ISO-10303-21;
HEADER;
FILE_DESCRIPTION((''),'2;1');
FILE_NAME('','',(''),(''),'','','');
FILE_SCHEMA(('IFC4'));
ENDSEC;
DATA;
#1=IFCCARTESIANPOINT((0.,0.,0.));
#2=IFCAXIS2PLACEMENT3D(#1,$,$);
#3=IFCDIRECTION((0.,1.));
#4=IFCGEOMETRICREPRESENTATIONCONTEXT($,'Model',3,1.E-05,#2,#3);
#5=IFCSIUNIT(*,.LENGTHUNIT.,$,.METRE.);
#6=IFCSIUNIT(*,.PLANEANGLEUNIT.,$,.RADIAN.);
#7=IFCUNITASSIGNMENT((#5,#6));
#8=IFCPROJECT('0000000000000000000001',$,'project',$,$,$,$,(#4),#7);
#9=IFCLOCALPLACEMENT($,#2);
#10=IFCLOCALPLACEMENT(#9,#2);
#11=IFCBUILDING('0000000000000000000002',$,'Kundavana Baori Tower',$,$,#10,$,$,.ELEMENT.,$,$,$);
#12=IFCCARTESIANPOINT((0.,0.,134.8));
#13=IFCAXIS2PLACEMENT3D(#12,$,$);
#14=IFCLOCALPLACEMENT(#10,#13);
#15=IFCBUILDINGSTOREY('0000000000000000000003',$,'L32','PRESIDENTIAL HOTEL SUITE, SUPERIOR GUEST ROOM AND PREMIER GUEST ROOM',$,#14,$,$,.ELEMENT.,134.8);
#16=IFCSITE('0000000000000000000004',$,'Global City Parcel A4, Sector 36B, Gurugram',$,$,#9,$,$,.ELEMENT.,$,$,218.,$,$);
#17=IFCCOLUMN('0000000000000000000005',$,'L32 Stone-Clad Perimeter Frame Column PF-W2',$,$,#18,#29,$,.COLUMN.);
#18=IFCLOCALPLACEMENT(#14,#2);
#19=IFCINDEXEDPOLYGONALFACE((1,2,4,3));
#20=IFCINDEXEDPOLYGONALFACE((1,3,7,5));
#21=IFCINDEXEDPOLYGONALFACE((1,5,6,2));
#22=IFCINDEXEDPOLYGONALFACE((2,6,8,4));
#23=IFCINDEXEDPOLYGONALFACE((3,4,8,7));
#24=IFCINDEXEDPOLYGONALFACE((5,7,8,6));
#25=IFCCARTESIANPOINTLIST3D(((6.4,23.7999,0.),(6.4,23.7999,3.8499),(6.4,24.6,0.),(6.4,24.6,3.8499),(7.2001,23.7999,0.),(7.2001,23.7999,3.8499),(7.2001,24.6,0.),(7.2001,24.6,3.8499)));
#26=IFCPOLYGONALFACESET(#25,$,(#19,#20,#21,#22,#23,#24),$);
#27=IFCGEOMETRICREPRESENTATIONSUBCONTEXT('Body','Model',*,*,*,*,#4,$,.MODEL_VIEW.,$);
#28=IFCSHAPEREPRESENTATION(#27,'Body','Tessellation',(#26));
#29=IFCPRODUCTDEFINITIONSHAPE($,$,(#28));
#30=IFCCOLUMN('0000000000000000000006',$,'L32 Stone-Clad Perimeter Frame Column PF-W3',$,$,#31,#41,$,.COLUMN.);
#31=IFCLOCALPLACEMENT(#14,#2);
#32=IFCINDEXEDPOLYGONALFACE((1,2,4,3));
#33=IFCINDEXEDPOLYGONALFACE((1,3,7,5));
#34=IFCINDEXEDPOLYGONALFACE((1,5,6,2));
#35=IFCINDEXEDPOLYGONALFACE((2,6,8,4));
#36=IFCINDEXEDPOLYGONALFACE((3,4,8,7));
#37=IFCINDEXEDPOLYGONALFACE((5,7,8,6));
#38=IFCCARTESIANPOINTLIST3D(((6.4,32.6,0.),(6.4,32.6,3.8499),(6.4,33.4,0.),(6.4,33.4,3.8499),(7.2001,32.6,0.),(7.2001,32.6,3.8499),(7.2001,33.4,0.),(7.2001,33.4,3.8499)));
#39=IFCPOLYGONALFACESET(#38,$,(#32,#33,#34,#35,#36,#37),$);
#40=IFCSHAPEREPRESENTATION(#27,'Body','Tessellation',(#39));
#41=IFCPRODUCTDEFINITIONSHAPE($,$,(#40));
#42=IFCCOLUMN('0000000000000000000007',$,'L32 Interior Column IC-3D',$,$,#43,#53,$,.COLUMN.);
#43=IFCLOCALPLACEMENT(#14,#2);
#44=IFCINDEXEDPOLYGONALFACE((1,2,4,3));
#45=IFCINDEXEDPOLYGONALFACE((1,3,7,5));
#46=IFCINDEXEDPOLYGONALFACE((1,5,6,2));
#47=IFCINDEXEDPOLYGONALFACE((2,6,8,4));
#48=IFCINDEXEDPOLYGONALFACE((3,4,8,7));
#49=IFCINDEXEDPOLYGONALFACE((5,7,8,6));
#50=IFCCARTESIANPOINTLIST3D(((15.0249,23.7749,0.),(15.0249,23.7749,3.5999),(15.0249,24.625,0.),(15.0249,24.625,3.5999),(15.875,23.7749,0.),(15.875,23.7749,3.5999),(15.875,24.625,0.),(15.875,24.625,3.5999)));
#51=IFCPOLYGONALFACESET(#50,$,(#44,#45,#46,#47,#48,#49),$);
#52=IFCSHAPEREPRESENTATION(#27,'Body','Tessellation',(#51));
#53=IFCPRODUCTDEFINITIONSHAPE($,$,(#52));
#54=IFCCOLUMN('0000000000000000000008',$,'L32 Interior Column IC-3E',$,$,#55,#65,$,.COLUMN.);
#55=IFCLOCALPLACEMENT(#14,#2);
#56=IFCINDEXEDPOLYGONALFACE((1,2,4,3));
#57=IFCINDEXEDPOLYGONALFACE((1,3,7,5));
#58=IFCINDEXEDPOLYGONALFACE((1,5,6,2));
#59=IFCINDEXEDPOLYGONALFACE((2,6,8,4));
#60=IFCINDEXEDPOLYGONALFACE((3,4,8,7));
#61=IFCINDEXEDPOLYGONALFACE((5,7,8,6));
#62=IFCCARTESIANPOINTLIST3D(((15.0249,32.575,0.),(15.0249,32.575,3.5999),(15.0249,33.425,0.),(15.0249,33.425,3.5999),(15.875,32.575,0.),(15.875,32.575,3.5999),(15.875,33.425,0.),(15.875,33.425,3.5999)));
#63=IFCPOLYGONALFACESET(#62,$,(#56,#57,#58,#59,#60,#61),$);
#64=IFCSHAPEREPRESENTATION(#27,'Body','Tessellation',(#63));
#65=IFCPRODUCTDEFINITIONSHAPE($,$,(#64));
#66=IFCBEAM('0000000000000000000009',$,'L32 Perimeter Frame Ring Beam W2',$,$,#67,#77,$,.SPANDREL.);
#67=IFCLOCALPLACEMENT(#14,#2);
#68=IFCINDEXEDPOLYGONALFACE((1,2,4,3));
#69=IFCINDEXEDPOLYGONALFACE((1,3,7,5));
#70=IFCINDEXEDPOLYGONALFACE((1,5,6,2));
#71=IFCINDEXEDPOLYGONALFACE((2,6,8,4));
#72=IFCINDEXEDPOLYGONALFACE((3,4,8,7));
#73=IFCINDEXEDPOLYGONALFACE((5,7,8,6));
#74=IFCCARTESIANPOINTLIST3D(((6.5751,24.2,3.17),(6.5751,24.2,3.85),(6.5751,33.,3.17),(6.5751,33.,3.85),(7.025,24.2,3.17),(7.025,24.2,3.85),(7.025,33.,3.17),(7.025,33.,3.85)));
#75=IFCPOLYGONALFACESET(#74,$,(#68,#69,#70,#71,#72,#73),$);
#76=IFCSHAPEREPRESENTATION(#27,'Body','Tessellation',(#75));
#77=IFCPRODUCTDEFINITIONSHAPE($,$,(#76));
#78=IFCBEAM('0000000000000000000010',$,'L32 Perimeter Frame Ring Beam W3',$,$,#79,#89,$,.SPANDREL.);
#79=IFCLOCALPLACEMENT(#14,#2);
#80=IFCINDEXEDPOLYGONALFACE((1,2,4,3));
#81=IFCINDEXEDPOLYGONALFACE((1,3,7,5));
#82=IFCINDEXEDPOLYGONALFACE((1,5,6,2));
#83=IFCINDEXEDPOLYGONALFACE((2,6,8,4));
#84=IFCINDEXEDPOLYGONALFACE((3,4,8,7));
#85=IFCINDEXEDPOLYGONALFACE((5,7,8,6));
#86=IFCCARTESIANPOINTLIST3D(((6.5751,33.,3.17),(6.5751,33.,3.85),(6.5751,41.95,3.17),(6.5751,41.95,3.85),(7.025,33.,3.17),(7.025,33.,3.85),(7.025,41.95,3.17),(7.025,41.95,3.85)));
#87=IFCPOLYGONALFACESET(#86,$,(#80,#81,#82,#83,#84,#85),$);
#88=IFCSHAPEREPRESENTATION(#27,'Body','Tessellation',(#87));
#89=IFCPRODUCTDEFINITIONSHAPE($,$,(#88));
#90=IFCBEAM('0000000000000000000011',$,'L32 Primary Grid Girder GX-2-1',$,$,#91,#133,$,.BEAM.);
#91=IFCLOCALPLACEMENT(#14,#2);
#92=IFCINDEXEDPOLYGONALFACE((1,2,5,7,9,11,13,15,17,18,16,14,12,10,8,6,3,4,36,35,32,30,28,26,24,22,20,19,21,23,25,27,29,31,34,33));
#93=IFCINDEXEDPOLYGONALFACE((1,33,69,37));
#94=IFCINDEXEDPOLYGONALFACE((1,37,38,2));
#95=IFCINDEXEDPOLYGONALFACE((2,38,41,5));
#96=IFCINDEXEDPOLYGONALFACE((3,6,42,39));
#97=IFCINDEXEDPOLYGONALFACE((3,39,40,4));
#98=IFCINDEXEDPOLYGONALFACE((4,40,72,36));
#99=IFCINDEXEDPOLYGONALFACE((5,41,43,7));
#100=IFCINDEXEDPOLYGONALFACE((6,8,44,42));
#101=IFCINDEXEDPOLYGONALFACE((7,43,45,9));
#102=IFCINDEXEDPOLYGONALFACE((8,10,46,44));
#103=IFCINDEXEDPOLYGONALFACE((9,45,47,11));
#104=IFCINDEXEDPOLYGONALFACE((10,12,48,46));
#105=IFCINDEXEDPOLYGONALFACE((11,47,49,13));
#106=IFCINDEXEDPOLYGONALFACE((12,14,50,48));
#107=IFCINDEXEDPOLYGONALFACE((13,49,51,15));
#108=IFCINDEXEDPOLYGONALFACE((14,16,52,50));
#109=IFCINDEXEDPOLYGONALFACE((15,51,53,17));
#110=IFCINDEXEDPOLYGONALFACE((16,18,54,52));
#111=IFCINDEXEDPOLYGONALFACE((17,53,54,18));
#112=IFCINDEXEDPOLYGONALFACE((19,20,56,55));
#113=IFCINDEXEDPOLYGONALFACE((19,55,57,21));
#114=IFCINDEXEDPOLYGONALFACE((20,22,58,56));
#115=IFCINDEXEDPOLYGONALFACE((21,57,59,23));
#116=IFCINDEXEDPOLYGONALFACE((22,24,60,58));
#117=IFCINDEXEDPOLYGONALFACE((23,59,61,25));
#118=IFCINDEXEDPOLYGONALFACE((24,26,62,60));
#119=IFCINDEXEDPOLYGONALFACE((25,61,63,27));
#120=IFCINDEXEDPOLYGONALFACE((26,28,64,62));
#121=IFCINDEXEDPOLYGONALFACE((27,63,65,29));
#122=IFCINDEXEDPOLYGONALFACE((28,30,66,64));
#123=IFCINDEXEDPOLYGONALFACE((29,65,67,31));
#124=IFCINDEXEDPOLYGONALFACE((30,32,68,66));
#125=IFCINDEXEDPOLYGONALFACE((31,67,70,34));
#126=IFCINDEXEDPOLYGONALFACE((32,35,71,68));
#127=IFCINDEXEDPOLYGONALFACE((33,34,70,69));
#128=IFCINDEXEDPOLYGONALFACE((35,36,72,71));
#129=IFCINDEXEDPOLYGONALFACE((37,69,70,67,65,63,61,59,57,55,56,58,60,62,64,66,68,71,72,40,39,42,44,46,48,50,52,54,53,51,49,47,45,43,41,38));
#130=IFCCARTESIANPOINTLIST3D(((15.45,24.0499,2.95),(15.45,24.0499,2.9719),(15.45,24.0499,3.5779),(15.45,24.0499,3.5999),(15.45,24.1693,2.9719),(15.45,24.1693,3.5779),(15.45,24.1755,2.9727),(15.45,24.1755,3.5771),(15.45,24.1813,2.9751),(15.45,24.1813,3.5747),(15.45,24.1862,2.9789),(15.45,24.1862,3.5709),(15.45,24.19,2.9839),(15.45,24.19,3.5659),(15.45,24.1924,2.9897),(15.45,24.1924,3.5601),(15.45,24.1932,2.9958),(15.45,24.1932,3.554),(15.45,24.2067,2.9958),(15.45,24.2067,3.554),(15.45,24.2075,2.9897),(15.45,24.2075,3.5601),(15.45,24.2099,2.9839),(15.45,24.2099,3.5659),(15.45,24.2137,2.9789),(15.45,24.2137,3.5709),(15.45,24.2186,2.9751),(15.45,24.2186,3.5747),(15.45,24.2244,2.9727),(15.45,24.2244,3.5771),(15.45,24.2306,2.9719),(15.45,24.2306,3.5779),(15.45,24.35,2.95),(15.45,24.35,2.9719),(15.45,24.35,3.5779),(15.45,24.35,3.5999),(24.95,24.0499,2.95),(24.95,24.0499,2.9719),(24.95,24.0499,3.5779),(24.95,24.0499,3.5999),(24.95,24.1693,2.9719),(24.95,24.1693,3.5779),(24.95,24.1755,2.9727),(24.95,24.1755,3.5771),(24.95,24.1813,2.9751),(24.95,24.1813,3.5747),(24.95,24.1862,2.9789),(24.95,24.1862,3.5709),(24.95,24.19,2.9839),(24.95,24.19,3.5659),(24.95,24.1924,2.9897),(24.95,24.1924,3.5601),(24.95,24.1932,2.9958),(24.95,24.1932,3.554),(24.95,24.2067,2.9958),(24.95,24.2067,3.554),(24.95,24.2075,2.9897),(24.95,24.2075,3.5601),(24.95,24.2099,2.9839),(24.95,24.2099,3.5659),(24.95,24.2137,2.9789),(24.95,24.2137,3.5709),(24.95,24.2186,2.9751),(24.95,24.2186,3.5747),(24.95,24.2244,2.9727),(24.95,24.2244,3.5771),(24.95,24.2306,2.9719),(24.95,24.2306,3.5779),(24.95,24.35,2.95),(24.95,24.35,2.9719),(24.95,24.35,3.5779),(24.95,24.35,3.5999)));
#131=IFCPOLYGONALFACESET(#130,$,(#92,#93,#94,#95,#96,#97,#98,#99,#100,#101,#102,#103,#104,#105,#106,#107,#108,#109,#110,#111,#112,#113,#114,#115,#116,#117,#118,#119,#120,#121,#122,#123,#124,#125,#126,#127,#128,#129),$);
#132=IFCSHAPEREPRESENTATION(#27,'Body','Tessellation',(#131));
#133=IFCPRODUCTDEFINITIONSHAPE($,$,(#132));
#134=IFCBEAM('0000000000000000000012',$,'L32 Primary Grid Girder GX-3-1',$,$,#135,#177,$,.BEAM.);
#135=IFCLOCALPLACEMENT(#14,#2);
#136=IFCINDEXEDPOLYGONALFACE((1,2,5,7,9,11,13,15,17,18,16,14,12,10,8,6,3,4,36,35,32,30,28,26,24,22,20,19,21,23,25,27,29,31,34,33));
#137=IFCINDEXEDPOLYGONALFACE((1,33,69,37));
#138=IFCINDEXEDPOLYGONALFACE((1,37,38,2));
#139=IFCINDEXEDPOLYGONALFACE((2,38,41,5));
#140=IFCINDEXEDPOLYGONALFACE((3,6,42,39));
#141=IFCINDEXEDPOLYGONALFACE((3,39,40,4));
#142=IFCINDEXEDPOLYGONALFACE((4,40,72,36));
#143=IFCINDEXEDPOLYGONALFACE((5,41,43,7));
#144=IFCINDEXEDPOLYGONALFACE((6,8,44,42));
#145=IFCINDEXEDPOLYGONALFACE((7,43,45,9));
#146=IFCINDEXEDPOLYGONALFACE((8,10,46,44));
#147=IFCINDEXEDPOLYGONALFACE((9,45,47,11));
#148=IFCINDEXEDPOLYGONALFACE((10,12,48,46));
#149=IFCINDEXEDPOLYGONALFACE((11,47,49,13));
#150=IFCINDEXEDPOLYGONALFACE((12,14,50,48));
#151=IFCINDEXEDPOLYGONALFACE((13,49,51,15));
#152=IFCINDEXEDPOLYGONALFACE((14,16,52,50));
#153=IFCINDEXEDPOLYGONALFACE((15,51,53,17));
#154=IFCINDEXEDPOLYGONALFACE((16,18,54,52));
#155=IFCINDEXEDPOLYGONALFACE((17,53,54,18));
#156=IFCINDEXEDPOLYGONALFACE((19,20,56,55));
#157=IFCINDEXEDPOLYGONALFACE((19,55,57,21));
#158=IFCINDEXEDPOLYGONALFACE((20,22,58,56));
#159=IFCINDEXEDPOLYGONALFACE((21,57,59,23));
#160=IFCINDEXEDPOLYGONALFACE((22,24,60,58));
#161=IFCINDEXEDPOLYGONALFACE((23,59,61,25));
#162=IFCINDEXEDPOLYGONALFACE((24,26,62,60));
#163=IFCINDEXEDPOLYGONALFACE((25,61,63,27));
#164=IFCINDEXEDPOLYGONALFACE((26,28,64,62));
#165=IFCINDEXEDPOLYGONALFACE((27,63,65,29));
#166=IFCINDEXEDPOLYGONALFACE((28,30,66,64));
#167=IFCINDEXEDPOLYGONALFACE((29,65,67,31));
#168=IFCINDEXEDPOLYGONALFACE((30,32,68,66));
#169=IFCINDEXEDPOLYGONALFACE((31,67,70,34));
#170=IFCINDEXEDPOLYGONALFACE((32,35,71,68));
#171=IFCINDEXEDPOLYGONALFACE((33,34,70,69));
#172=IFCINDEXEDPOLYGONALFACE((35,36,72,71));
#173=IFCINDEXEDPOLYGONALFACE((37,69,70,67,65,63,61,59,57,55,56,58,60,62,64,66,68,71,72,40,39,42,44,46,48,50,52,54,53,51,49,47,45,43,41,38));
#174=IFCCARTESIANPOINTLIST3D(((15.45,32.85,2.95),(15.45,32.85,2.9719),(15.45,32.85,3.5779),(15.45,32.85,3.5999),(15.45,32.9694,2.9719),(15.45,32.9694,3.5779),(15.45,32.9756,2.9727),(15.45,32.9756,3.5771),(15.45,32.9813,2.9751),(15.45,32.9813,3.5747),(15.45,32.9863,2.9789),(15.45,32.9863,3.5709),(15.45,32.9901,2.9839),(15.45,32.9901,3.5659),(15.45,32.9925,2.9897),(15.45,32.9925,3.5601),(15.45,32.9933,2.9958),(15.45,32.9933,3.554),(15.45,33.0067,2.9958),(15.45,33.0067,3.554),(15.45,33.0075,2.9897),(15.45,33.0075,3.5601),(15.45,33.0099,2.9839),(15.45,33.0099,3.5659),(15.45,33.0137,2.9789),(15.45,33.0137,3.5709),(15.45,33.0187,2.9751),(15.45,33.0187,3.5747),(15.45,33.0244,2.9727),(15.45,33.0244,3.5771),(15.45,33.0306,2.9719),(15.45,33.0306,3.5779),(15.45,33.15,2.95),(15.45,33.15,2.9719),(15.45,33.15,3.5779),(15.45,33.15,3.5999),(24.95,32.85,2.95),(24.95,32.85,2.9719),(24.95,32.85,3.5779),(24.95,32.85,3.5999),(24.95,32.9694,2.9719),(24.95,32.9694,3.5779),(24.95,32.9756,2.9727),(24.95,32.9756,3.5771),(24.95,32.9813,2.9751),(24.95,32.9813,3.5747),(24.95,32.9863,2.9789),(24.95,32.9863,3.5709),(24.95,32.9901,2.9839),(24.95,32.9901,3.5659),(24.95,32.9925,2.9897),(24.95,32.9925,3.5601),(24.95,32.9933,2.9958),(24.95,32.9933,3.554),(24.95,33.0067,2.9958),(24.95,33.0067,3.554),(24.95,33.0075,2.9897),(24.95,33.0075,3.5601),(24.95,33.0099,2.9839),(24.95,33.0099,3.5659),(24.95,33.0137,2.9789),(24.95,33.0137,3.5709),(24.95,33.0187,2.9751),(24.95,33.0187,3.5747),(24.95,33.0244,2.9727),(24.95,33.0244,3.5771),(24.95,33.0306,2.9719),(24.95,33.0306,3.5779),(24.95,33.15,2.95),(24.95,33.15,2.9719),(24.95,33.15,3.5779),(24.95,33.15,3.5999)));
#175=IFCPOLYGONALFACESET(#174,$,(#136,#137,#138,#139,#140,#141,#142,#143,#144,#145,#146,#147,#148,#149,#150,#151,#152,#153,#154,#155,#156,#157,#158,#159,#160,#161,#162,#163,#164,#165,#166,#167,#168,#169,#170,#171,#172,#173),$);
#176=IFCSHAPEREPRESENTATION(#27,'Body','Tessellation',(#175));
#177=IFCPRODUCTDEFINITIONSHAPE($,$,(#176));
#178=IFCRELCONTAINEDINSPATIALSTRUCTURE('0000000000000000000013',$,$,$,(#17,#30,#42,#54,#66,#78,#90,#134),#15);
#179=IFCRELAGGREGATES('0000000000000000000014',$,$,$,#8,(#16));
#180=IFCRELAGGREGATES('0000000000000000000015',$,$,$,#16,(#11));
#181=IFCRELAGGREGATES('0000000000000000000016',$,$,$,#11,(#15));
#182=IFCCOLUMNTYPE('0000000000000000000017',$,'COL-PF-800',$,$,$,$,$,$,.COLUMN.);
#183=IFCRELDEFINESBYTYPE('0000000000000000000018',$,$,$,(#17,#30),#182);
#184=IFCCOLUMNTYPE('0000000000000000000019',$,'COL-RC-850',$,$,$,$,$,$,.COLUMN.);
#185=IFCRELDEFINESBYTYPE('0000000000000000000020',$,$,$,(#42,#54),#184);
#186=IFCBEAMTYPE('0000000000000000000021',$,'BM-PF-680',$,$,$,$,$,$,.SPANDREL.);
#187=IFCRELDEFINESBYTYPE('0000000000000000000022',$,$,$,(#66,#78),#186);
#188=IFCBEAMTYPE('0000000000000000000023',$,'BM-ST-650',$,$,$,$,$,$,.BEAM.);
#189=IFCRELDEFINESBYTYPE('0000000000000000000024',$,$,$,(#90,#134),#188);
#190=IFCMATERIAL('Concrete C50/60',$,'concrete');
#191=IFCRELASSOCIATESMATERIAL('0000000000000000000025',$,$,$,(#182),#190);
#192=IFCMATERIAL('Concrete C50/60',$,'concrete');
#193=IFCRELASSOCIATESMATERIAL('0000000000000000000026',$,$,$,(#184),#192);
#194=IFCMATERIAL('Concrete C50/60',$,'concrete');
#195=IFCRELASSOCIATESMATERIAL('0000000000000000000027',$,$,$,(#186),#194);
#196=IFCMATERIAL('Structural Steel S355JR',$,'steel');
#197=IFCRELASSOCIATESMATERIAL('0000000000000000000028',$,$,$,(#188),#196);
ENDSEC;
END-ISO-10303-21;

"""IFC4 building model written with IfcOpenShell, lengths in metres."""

from ifc_helpers import new_model, si_unit, direction, frame, origin, origin_2d, place, context, subcontext, project, spatial, rectangle, i_section, extrude, material, material_profile, profile_set, type_object, element, save


model = new_model("IFC4")

# Units and contexts
model_context = context("Model", 3, precision=1e-05, world=origin(), true_north=direction((0.0, 1.0)))
body_context = subcontext(model_context, "Body", "Model", "MODEL_VIEW")
ifc_project = project(units=[si_unit("LENGTHUNIT", "METRE"), si_unit("PLANEANGLEUNIT", "RADIAN")], contexts=[model_context])

# Site, building, storey
site_placement = place(None, origin())
site = spatial("IfcSite", under=ifc_project, at=site_placement, Name="Global City Parcel A4, Sector 36B, Gurugram", CompositionType="ELEMENT", RefElevation=218.0)
building_placement = place(site_placement, origin())
building = spatial("IfcBuilding", under=site, at=building_placement, Name="Kundavana Baori Tower", CompositionType="ELEMENT")
storey_placement = place(building_placement, frame((0.0, 0.0, 134.8)))
storey = spatial("IfcBuildingStorey", under=building, at=storey_placement, Name="L32", Description="PRESIDENTIAL HOTEL SUITE, SUPERIOR GUEST ROOM AND PREMIER GUEST ROOM", CompositionType="ELEMENT", Elevation=134.8)

# Columns
ifc_material_1 = material(Name="Concrete C50/60", Category="concrete")
ifc_material_profile_1 = material_profile(ifc_material_1, rectangle(XDim=0.8, YDim=0.8, at=origin_2d()), Name="RC PF 800x800")
ifc_profile_set_1 = profile_set([ifc_material_profile_1], Name="Concrete C50/60")
column_type_1 = type_object("IfcColumnType", Name="COL-PF-800", PredefinedType="COLUMN", material=ifc_profile_set_1)
for number, where, z_axis, x_axis, name in (
    (1, (6.8, 24.2, 0.0), (0.0, 0.0, 1.0), (1.0, 0.0, 0.0), "L32 Stone-Clad Perimeter Frame Column PF-W2"),
    (2, (6.8, 33.0, 0.0), (0.0, 0.0, 1.0), (1.0, 0.0, 0.0), "L32 Stone-Clad Perimeter Frame Column PF-W3"),
):
    element("IfcColumn", number, at=place(storey_placement, frame(where, z_axis=z_axis, x_axis=x_axis)), inside=storey, type_object=column_type_1, Name=name, PredefinedType="COLUMN", context=body_context, shape_type="SweptSolid", body=[
        extrude(rectangle(XDim=0.8, YDim=0.8, at=origin_2d()), origin(), (0.0, 0.0, 1.0), 3.8499),
    ])
ifc_material_2 = material(Name="Concrete C50/60", Category="concrete")
ifc_material_profile_2 = material_profile(ifc_material_2, rectangle(XDim=0.8501, YDim=0.8501, at=origin_2d()), Name="RC 850x850")
ifc_profile_set_2 = profile_set([ifc_material_profile_2], Name="Concrete C50/60")
column_type_2 = type_object("IfcColumnType", Name="COL-RC-850", PredefinedType="COLUMN", material=ifc_profile_set_2)
for number, where, z_axis, x_axis, name in (
    (3, (15.45, 24.2, 0.0), (0.0, 0.0, 1.0), (1.0, 0.0, 0.0), "L32 Interior Column IC-3D"),
    (4, (15.45, 33.0, 0.0), (0.0, 0.0, 1.0), (1.0, 0.0, 0.0), "L32 Interior Column IC-3E"),
):
    element("IfcColumn", number, at=place(storey_placement, frame(where, z_axis=z_axis, x_axis=x_axis)), inside=storey, type_object=column_type_2, Name=name, PredefinedType="COLUMN", context=body_context, shape_type="SweptSolid", body=[
        extrude(rectangle(XDim=0.8501, YDim=0.8501, at=origin_2d()), origin(), (0.0, 0.0, 1.0), 3.5999),
    ])

# Beams
ifc_material_3 = material(Name="Concrete C50/60", Category="concrete")
ifc_material_profile_3 = material_profile(ifc_material_3, rectangle(XDim=0.45, YDim=0.6799, at=origin_2d()), Name="RC BM 450x680")
ifc_profile_set_3 = profile_set([ifc_material_profile_3], Name="Concrete C50/60")
beam_type_1 = type_object("IfcBeamType", Name="BM-PF-680", PredefinedType="SPANDREL", material=ifc_profile_set_3)
beam_1_placement = place(storey_placement, frame((6.8, 24.2, 3.51), z_axis=(0.0, 1.0, 0.0), x_axis=(-1.0, 0.0, 0.0)))
element("IfcBeam", 5, at=beam_1_placement, inside=storey, type_object=beam_type_1, Name="L32 Perimeter Frame Ring Beam W2", PredefinedType="SPANDREL", context=body_context, shape_type="SweptSolid", body=[
    extrude(rectangle(XDim=0.45, YDim=0.6799, at=origin_2d()), origin(), (0.0, 0.0, 1.0), 8.8),
])
beam_2_placement = place(storey_placement, frame((6.8, 33.0, 3.51), z_axis=(0.0, 1.0, 0.0), x_axis=(-1.0, 0.0, 0.0)))
element("IfcBeam", 6, at=beam_2_placement, inside=storey, type_object=beam_type_1, Name="L32 Perimeter Frame Ring Beam W3", PredefinedType="SPANDREL", context=body_context, shape_type="SweptSolid", body=[
    extrude(rectangle(XDim=0.45, YDim=0.6799, at=origin_2d()), origin(), (0.0, 0.0, 1.0), 8.95),
])
ifc_material_4 = material(Name="Structural Steel S355JR", Category="steel")
ifc_material_profile_4 = material_profile(ifc_material_4, i_section(OverallWidth=0.3, OverallDepth=0.6499, WebThickness=0.0134, FlangeThickness=0.022, FilletRadius=0.0239, at=origin_2d()), Name="NPB 650x300x155")
ifc_profile_set_4 = profile_set([ifc_material_profile_4], Name="Structural Steel S355JR")
beam_type_2 = type_object("IfcBeamType", Name="BM-ST-650", PredefinedType="BEAM", material=ifc_profile_set_4)
for number, where, z_axis, x_axis, name in (
    (7, (15.45, 24.2, 3.2749), (1.0, 0.0, 0.0), (0.0, 1.0, 0.0), "L32 Primary Grid Girder GX-2-1"),
    (8, (15.45, 33.0, 3.2749), (1.0, 0.0, 0.0), (0.0, 1.0, 0.0), "L32 Primary Grid Girder GX-3-1"),
):
    element("IfcBeam", number, at=place(storey_placement, frame(where, z_axis=z_axis, x_axis=x_axis)), inside=storey, type_object=beam_type_2, Name=name, PredefinedType="BEAM", context=body_context, shape_type="SweptSolid", body=[
        extrude(i_section(OverallWidth=0.3, OverallDepth=0.6499, WebThickness=0.0134, FlangeThickness=0.022, FilletRadius=0.0239, at=origin_2d()), origin(), (0.0, 0.0, 1.0), 9.5),
    ])

save(model, "model.ifc")
